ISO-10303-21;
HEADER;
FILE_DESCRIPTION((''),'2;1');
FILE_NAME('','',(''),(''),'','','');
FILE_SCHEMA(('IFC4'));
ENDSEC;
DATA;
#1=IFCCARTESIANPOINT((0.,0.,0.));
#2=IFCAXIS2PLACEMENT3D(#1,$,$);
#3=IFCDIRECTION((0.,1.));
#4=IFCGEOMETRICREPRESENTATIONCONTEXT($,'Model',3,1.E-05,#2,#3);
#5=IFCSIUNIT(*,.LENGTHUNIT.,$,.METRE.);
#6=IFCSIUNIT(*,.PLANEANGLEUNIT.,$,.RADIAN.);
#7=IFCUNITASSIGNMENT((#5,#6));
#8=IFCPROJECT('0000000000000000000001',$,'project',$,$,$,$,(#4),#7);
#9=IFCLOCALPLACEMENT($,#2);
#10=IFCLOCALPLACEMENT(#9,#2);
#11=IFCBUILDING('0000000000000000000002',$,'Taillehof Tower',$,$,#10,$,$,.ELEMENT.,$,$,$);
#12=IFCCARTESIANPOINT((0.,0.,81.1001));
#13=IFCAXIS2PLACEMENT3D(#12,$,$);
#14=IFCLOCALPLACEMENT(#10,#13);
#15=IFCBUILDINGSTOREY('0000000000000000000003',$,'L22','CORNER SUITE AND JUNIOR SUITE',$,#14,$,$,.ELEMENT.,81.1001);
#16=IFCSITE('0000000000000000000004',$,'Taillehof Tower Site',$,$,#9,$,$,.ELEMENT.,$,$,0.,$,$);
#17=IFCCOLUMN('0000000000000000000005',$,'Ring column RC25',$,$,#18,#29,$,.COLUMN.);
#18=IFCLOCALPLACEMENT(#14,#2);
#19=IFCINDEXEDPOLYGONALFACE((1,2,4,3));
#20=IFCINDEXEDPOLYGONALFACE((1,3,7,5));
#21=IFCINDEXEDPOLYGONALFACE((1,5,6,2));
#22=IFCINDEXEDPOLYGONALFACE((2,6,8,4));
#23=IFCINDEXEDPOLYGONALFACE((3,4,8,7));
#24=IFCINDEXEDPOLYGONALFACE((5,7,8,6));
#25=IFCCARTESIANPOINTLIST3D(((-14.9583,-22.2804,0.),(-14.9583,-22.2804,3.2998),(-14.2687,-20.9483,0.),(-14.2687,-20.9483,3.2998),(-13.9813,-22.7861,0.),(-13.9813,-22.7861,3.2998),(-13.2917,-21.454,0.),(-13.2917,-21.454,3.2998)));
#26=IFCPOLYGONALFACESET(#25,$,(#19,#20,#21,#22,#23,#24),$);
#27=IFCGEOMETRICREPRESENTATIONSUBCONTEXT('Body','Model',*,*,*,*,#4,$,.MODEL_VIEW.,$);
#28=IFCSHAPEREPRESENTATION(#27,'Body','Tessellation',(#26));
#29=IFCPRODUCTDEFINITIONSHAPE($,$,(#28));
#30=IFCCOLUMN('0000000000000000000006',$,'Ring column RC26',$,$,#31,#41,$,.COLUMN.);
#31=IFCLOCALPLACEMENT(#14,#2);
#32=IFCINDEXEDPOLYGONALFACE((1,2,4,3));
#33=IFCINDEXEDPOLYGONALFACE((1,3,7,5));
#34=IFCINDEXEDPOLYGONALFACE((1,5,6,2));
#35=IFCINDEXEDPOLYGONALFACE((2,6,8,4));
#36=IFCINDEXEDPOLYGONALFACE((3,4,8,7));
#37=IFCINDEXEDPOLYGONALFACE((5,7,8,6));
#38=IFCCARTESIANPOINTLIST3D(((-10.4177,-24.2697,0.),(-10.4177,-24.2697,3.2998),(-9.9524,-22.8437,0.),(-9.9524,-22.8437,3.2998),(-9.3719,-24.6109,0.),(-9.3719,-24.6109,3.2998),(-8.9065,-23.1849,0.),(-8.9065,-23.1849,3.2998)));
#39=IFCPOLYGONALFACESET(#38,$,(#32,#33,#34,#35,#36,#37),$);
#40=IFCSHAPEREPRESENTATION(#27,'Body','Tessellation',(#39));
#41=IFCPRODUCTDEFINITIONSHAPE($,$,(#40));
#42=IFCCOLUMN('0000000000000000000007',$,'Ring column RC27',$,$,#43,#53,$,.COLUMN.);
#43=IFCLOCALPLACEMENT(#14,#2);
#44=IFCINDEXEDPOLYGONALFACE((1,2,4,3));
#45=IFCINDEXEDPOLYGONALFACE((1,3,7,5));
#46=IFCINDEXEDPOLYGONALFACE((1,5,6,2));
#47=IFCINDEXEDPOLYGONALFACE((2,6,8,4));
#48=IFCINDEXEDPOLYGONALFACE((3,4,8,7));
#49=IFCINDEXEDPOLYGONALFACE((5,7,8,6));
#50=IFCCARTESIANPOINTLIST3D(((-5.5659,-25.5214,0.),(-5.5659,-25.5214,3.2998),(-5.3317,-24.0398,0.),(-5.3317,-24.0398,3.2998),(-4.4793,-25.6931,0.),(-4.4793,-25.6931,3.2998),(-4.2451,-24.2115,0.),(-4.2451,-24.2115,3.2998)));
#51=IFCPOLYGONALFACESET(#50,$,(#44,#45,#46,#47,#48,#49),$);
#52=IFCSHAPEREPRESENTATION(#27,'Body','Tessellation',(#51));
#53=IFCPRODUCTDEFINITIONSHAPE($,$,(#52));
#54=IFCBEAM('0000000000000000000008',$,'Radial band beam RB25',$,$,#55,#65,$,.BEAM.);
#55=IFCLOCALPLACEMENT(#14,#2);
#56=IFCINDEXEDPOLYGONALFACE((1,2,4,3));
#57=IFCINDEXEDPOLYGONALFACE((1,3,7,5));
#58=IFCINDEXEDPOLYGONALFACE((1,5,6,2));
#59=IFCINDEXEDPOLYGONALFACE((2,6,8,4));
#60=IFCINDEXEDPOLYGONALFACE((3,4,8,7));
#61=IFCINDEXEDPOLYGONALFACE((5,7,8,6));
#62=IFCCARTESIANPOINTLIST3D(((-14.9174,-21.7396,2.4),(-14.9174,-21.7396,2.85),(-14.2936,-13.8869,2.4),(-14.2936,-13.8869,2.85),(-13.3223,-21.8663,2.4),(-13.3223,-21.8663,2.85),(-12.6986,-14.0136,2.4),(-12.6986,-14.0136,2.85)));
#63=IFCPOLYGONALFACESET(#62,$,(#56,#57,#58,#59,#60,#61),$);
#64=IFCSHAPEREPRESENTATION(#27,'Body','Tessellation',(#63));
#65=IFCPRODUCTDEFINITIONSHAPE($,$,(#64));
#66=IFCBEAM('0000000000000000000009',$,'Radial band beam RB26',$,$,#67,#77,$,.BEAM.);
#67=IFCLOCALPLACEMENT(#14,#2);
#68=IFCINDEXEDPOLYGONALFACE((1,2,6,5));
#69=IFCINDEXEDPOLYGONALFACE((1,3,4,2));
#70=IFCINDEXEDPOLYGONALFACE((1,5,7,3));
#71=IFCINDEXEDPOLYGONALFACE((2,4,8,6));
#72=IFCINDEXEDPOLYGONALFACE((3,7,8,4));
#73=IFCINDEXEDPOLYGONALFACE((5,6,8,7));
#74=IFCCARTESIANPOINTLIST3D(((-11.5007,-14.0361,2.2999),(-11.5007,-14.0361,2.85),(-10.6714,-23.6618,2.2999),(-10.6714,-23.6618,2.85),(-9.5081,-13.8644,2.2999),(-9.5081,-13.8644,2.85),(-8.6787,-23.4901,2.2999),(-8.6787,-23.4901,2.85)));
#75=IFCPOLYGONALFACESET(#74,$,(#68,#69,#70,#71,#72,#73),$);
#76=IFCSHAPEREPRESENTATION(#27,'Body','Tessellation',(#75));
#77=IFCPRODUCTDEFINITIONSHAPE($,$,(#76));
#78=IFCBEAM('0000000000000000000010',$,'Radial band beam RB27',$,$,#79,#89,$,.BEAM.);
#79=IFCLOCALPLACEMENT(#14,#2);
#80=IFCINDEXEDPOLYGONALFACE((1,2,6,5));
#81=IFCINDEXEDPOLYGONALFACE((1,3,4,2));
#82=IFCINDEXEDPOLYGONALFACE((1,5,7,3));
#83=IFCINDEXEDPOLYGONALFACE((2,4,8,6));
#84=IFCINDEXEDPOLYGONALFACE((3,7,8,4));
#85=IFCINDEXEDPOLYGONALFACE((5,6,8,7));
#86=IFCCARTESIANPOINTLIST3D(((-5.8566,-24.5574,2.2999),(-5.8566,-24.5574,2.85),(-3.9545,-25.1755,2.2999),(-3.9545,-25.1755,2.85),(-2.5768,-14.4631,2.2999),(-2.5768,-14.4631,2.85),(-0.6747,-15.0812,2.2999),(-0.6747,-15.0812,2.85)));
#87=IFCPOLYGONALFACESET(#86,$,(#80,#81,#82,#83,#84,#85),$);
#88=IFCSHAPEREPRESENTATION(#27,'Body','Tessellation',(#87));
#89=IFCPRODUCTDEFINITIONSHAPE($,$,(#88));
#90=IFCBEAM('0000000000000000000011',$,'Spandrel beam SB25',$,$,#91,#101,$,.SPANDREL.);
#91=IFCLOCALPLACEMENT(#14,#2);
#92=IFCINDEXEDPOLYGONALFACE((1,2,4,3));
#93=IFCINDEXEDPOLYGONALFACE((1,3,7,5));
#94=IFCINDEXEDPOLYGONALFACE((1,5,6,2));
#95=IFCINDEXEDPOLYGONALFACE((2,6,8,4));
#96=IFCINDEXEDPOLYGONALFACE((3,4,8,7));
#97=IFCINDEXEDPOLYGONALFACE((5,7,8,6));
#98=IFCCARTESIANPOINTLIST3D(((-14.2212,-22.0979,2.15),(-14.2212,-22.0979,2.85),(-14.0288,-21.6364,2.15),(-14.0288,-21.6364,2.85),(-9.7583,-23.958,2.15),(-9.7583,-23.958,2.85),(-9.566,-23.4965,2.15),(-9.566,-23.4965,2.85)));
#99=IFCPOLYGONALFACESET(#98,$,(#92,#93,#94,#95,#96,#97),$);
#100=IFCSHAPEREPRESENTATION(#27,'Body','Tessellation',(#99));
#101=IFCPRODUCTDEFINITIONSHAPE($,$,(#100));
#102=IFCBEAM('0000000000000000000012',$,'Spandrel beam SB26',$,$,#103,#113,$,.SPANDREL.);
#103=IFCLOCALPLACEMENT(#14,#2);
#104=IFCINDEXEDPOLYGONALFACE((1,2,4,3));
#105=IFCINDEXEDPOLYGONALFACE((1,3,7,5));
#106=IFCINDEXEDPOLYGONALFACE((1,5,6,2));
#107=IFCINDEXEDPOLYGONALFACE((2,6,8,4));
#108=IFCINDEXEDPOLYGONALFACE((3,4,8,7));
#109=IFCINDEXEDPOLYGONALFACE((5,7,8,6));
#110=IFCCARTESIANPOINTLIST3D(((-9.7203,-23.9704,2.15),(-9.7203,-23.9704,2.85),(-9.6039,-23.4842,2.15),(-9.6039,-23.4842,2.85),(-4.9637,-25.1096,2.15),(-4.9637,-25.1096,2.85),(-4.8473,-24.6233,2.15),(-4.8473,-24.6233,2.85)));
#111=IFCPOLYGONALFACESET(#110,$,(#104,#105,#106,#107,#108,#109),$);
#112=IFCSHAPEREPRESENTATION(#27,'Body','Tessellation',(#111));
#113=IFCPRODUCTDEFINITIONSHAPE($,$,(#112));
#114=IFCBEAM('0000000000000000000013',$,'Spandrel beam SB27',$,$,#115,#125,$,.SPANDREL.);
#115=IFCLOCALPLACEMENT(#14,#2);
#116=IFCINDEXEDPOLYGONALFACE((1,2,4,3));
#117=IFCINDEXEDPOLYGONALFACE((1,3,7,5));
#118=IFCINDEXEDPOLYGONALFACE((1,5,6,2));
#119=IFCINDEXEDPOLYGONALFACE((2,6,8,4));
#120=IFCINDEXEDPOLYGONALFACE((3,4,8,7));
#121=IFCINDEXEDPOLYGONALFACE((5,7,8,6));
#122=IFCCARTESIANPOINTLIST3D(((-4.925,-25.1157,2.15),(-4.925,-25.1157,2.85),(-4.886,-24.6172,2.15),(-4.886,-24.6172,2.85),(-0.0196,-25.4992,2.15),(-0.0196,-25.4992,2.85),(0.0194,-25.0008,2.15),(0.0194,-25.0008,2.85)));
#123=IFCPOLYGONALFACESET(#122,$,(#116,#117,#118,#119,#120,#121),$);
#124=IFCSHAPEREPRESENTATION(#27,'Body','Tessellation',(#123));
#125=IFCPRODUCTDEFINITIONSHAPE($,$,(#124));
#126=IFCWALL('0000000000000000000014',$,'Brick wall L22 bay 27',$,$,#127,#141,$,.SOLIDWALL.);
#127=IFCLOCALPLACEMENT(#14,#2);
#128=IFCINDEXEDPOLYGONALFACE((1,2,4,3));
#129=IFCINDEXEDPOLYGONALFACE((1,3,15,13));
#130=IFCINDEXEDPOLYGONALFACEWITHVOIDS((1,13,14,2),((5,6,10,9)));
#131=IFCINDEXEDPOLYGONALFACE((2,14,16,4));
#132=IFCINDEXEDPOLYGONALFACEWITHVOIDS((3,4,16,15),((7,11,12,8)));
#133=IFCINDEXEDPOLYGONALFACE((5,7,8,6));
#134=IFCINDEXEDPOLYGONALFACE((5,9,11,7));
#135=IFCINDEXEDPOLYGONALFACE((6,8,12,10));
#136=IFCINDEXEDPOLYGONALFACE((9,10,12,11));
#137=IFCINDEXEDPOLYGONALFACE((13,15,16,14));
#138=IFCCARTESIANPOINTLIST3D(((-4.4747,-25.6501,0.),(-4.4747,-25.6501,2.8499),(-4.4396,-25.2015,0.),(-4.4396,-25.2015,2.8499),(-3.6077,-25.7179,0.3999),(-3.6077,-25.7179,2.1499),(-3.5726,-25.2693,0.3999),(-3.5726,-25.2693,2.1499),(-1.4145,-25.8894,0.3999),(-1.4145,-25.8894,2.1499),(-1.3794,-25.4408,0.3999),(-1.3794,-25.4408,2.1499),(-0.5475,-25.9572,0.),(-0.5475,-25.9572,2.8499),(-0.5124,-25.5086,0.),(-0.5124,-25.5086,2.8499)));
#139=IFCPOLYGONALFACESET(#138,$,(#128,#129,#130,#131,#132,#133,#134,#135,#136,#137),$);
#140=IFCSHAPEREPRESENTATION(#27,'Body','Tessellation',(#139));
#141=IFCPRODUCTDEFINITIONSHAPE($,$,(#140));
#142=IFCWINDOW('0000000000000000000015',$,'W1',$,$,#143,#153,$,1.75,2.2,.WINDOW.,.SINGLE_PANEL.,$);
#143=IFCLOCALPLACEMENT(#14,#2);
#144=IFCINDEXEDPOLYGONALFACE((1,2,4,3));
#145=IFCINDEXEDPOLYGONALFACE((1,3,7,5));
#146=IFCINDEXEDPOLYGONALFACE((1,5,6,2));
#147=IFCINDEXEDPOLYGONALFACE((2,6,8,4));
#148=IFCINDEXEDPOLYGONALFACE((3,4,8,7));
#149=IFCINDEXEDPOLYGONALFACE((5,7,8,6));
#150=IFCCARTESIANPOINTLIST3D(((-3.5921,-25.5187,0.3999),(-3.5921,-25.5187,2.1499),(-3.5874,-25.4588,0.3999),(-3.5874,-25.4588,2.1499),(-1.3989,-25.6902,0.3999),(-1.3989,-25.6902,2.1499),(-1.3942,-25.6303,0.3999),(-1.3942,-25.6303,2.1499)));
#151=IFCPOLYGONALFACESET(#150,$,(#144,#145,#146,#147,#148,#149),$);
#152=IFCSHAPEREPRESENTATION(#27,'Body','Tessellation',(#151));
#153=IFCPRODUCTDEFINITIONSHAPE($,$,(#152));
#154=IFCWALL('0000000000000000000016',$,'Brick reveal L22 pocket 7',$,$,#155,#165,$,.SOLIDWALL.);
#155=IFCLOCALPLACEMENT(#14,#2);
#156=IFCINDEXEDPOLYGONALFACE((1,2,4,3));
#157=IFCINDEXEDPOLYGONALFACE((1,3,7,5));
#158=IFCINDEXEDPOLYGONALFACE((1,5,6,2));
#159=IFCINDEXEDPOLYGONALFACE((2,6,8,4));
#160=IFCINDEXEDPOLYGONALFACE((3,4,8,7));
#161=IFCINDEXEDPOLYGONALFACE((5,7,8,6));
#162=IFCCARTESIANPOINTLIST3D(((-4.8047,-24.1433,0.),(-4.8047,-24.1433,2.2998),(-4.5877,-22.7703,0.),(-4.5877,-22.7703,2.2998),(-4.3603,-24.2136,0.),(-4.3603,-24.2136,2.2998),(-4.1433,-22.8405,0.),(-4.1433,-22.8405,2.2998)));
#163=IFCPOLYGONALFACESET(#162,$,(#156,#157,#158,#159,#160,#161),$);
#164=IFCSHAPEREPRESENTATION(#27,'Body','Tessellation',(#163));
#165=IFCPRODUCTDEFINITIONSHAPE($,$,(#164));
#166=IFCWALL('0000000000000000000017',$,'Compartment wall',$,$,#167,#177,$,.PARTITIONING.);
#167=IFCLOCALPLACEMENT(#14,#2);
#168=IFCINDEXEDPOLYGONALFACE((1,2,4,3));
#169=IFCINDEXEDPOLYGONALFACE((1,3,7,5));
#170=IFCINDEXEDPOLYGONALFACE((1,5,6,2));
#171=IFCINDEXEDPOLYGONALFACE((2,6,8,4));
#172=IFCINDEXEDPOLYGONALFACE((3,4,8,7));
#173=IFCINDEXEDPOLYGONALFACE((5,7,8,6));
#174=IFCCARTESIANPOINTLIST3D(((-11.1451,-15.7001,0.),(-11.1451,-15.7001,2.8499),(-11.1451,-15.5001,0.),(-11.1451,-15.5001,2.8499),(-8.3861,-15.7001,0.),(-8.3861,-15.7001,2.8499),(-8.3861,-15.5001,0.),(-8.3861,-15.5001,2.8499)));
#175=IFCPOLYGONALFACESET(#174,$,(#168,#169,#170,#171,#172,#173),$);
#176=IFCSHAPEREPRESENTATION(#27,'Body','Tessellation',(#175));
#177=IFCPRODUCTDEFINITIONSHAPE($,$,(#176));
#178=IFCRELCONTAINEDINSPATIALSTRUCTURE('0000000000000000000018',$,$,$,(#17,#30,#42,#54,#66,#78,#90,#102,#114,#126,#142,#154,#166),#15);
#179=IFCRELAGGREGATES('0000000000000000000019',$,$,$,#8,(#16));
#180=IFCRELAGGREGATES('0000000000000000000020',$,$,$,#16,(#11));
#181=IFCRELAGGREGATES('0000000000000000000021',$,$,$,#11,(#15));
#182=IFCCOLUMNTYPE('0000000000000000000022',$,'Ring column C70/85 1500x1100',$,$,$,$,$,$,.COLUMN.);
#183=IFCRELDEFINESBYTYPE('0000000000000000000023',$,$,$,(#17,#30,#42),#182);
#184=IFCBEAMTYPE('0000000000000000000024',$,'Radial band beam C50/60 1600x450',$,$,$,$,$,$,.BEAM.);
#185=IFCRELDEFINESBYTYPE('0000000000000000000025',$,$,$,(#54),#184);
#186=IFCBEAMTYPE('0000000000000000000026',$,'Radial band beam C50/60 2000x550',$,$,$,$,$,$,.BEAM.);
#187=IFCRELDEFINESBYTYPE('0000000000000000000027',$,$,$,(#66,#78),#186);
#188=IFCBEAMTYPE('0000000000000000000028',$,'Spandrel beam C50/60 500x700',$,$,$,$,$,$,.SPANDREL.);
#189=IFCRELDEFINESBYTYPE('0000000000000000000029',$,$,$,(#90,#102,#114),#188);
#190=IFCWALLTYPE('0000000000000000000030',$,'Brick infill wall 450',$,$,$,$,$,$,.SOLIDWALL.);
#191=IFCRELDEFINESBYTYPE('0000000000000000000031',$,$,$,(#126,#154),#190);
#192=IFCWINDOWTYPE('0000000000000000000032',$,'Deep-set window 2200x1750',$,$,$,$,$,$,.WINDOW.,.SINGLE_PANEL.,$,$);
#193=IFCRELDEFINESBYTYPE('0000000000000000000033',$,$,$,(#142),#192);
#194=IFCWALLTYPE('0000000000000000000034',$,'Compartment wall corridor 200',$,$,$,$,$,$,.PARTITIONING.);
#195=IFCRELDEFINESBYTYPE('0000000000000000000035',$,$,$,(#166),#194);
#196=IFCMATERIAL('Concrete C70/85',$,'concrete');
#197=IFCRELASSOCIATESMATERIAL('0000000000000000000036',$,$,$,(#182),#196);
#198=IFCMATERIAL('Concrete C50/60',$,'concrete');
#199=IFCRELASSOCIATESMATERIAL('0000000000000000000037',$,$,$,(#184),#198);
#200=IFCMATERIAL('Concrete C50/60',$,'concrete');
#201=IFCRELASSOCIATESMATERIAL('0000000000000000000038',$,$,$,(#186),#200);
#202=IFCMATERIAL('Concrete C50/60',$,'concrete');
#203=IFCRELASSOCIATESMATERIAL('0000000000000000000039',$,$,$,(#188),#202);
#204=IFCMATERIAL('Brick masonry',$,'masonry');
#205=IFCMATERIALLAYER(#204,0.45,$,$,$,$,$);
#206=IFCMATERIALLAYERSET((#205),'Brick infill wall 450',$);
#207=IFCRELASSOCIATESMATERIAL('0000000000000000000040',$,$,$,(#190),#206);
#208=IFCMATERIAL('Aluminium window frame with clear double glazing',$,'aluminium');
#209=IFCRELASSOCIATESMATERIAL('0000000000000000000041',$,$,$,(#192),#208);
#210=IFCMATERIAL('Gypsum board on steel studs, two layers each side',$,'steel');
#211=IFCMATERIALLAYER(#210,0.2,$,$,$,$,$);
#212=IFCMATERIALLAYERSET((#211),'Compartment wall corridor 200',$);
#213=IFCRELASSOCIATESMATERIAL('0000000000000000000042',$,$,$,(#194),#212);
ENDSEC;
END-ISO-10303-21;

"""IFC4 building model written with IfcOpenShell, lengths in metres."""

from ifc_helpers import new_model, si_unit, direction, frame, frame_2d, origin, origin_2d, place, context, subcontext, project, spatial, rectangle, extrude, material, layer, layer_set, material_profile, profile_set, type_object, element, fill, save


model = new_model("IFC4")

# Units and contexts
model_context = context("Model", 3, precision=1e-05, world=origin(), true_north=direction((0.0, 1.0)))
body_context = subcontext(model_context, "Body", "Model", "MODEL_VIEW")
ifc_project = project(units=[si_unit("LENGTHUNIT", "METRE"), si_unit("PLANEANGLEUNIT", "RADIAN")], contexts=[model_context])

# Site, building, storey
site_placement = place(None, origin())
site = spatial("IfcSite", under=ifc_project, at=site_placement, Name="Taillehof Tower Site", CompositionType="ELEMENT", RefElevation=0.0)
building_placement = place(site_placement, origin())
building = spatial("IfcBuilding", under=site, at=building_placement, Name="Taillehof Tower", CompositionType="ELEMENT")
storey_placement = place(building_placement, frame((0.0, 0.0, 81.1001)))
storey = spatial("IfcBuildingStorey", under=building, at=storey_placement, Name="L22", Description="CORNER SUITE AND JUNIOR SUITE", CompositionType="ELEMENT", Elevation=81.1001)

# Columns
ifc_material_1 = material(Name="Concrete C70/85", Category="concrete")
ifc_material_profile_1 = material_profile(ifc_material_1, rectangle(XDim=1.5, YDim=1.1001, at=origin_2d()), Name="RC 1500x1100")
ifc_profile_set_1 = profile_set([ifc_material_profile_1], Name="Concrete C70/85")
column_type = type_object("IfcColumnType", Name="Ring column C70/85 1500x1100", PredefinedType="COLUMN", material=ifc_profile_set_1)
for number, where, z_axis, x_axis, name in (
    (1, (-14.125, -21.8672, 0.0), (0.0, 0.0, 1.0), (-0.459691, -0.888079, 0.0), "Ring column RC25"),
    (2, (-9.6621, -23.7273, 0.0), (0.0, 0.0, 1.0), (-0.310219, -0.950665, 0.0), "Ring column RC26"),
    (3, (-4.9055, -24.8665, 0.0), (0.0, 0.0, 1.0), (-0.156147, -0.987734, 0.0), "Ring column RC27"),
):
    element("IfcColumn", number, at=place(storey_placement, frame(where, z_axis=z_axis, x_axis=x_axis)), inside=storey, type_object=column_type, Name=name, PredefinedType="COLUMN", context=body_context, shape_type="SweptSolid", body=[
        extrude(rectangle(XDim=1.5, YDim=1.1001, at=origin_2d()), origin(), (0.0, 0.0, 1.0), 3.2998),
    ])

# Beams
ifc_material_2 = material(Name="Concrete C50/60", Category="concrete")
ifc_material_profile_2 = material_profile(ifc_material_2, rectangle(XDim=1.6001, YDim=0.45, at=origin_2d()), Name="RC 1600x450")
ifc_profile_set_2 = profile_set([ifc_material_profile_2], Name="Concrete C50/60")
beam_type_1 = type_object("IfcBeamType", Name="Radial band beam C50/60 1600x450", PredefinedType="BEAM", material=ifc_profile_set_2)
beam_1_placement = place(storey_placement, frame((-14.1199, -21.803, 2.625), z_axis=(0.079185, 0.99686, 0.0), x_axis=(-0.99686, 0.079185, 0.0)))
element("IfcBeam", 4, at=beam_1_placement, inside=storey, type_object=beam_type_1, Name="Radial band beam RB25", PredefinedType="BEAM", context=body_context, shape_type="SweptSolid", body=[
    extrude(rectangle(XDim=1.6001, YDim=0.45, at=origin_2d()), origin(), (0.0, 0.0, 1.0), 7.8774),
])
ifc_material_3 = material(Name="Concrete C50/60", Category="concrete")
ifc_material_profile_3 = material_profile(ifc_material_3, rectangle(XDim=2.0, YDim=0.55, at=origin_2d()), Name="RC 2000x550")
ifc_profile_set_3 = profile_set([ifc_material_profile_3], Name="Concrete C50/60")
beam_type_2 = type_object("IfcBeamType", Name="Radial band beam C50/60 2000x550", PredefinedType="BEAM", material=ifc_profile_set_3)
beam_2_placement = place(storey_placement, frame((-9.675, -23.5759, 2.575), z_axis=(-0.085841, 0.996309, 0.0), x_axis=(-0.996309, -0.085841, 0.0)))
element("IfcBeam", 5, at=beam_2_placement, inside=storey, type_object=beam_type_2, Name="Radial band beam RB26", PredefinedType="BEAM", context=body_context, shape_type="SweptSolid", body=[
    extrude(rectangle(XDim=2.0, YDim=0.55, at=origin_2d()), origin(), (0.0, 0.0, 1.0), 9.6614),
])
beam_3_placement = place(storey_placement, frame((-4.9055, -24.8665, 2.575), z_axis=(0.309014, 0.951057, 0.0), x_axis=(-0.951057, 0.309014, 0.0)))
element("IfcBeam", 6, at=beam_3_placement, inside=storey, type_object=beam_type_2, Name="Radial band beam RB27", PredefinedType="BEAM", context=body_context, shape_type="SweptSolid", body=[
    extrude(rectangle(XDim=2.0, YDim=0.55, at=origin_2d()), origin(), (0.0, 0.0, 1.0), 10.6138),
])
ifc_material_4 = material(Name="Concrete C50/60", Category="concrete")
ifc_material_profile_4 = material_profile(ifc_material_4, rectangle(XDim=0.5, YDim=0.7, at=origin_2d()), Name="RC 500x700")
ifc_profile_set_4 = profile_set([ifc_material_profile_4], Name="Concrete C50/60")
beam_type_3 = type_object("IfcBeamType", Name="Spandrel beam C50/60 500x700", PredefinedType="SPANDREL", material=ifc_profile_set_4)
beam_4_placement = place(storey_placement, frame((-14.125, -21.8672, 2.5), z_axis=(0.923035, -0.384716, 0.0), x_axis=(0.384716, 0.923035, 0.0)))
element("IfcBeam", 7, at=beam_4_placement, inside=storey, type_object=beam_type_3, Name="Spandrel beam SB25", PredefinedType="SPANDREL", context=body_context, shape_type="SweptSolid", body=[
    extrude(rectangle(XDim=0.5, YDim=0.7, at=origin_2d()), origin(), (0.0, 0.0, 1.0), 4.835),
])
beam_5_placement = place(storey_placement, frame((-9.6621, -23.7273, 2.5), z_axis=(0.9725, -0.232905, 0.0), x_axis=(0.232905, 0.9725, 0.0)))
element("IfcBeam", 8, at=beam_5_placement, inside=storey, type_object=beam_type_3, Name="Spandrel beam SB26", PredefinedType="SPANDREL", context=body_context, shape_type="SweptSolid", body=[
    extrude(rectangle(XDim=0.5, YDim=0.7, at=origin_2d()), origin(), (0.0, 0.0, 1.0), 4.8911),
])
beam_6_placement = place(storey_placement, frame((-4.9055, -24.8665, 2.5), z_axis=(0.996957, -0.077949, 0.0), x_axis=(0.077949, 0.996957, 0.0)))
element("IfcBeam", 9, at=beam_6_placement, inside=storey, type_object=beam_type_3, Name="Spandrel beam SB27", PredefinedType="SPANDREL", context=body_context, shape_type="SweptSolid", body=[
    extrude(rectangle(XDim=0.5, YDim=0.7, at=origin_2d()), origin(), (0.0, 0.0, 1.0), 4.9204),
])

# Wall, opening, window
ifc_material_5 = material(Name="Brick masonry", Category="masonry")
ifc_layer_1 = layer(ifc_material_5, 0.45)
ifc_layer_set_1 = layer_set([ifc_layer_1], Name="Brick infill wall 450")
wall_type_1 = type_object("IfcWallType", Name="Brick infill wall 450", PredefinedType="SOLIDWALL", material=ifc_layer_set_1)
wall_1_placement = place(storey_placement, frame((-4.4573, -25.4258, 0.0), z_axis=(0.0, 0.0, 1.0), x_axis=(0.996956, -0.077967, 0.0)))
wall_1 = element("IfcWall", 10, at=wall_1_placement, inside=storey, type_object=wall_type_1, Name="Brick wall L22 bay 27", PredefinedType="SOLIDWALL", context=body_context, shape_type="SweptSolid", body=[
    extrude(rectangle(XDim=3.9392, YDim=0.45, at=frame_2d((1.9697, 0.0))), origin(), (0.0, 0.0, 1.0), 2.8499),
])
opening_1_placement = place(wall_1_placement, frame((0.8696, 0.0, 0.3999)))
opening_1 = element("IfcOpeningElement", 11, at=opening_1_placement, cuts=wall_1, PredefinedType="OPENING", context=body_context, shape_type="SweptSolid", body=[
    extrude(rectangle(XDim=2.2, YDim=1.75, at=frame_2d((1.1001, 0.875))), frame((0.0, 0.2349, 0.0), z_axis=(0.0, -1.0, 0.0), x_axis=(1.0, 0.0, 0.0)), (0.0, 0.0, 1.0), 0.47),
])
ifc_material_6 = material(Name="Aluminium window frame with clear double glazing", Category="aluminium")
window_type_1 = type_object("IfcWindowType", Name="Deep-set window 2200x1750", PartitioningType="SINGLE_PANEL", PredefinedType="WINDOW", material=ifc_material_6)
window_1_placement = place(opening_1_placement, origin())
window_1 = element("IfcWindow", 12, at=window_1_placement, inside=storey, type_object=window_type_1, Name="W1", OverallHeight=1.75, OverallWidth=2.2, PartitioningType="SINGLE_PANEL", PredefinedType="WINDOW", context=body_context, shape_type="SweptSolid", body=[
    extrude(rectangle(XDim=2.2, YDim=1.75, at=frame_2d((1.1001, 0.875))), frame((0.0, 0.0349, 0.0), z_axis=(0.0, -1.0, 0.0), x_axis=(1.0, 0.0, 0.0)), (0.0, 0.0, 1.0), 0.0601),
])
fill(opening_1, window_1)

# Wall
wall_2_placement = place(storey_placement, frame((-4.5825, -24.1785, 0.0), z_axis=(0.0, 0.0, 1.0), x_axis=(0.156134, 0.987736, 0.0)))
element("IfcWall", 13, at=wall_2_placement, inside=storey, type_object=wall_type_1, Name="Brick reveal L22 pocket 7", PredefinedType="SOLIDWALL", context=body_context, shape_type="SweptSolid", body=[
    extrude(rectangle(XDim=1.3901, YDim=0.45, at=frame_2d((0.6951, 0.0))), origin(), (0.0, 0.0, 1.0), 2.2998),
])

# Wall
ifc_material_7 = material(Name="Gypsum board on steel studs, two layers each side", Category="steel")
ifc_layer_2 = layer(ifc_material_7, 0.2)
ifc_layer_set_2 = layer_set([ifc_layer_2], Name="Compartment wall corridor 200")
wall_type_2 = type_object("IfcWallType", Name="Compartment wall corridor 200", PredefinedType="PARTITIONING", material=ifc_layer_set_2)
wall_3_placement = place(storey_placement, frame((-8.3862, -15.6001, 0.0), z_axis=(0.0, 0.0, 1.0), x_axis=(-1.0, 0.0, 0.0)))
element("IfcWall", 14, at=wall_3_placement, inside=storey, type_object=wall_type_2, Name="Compartment wall", PredefinedType="PARTITIONING", context=body_context, shape_type="SweptSolid", body=[
    extrude(rectangle(XDim=2.759, YDim=0.2, at=frame_2d((1.3794, 0.0))), origin(), (0.0, 0.0, 1.0), 2.8499),
])

save(model, "model.ifc")
